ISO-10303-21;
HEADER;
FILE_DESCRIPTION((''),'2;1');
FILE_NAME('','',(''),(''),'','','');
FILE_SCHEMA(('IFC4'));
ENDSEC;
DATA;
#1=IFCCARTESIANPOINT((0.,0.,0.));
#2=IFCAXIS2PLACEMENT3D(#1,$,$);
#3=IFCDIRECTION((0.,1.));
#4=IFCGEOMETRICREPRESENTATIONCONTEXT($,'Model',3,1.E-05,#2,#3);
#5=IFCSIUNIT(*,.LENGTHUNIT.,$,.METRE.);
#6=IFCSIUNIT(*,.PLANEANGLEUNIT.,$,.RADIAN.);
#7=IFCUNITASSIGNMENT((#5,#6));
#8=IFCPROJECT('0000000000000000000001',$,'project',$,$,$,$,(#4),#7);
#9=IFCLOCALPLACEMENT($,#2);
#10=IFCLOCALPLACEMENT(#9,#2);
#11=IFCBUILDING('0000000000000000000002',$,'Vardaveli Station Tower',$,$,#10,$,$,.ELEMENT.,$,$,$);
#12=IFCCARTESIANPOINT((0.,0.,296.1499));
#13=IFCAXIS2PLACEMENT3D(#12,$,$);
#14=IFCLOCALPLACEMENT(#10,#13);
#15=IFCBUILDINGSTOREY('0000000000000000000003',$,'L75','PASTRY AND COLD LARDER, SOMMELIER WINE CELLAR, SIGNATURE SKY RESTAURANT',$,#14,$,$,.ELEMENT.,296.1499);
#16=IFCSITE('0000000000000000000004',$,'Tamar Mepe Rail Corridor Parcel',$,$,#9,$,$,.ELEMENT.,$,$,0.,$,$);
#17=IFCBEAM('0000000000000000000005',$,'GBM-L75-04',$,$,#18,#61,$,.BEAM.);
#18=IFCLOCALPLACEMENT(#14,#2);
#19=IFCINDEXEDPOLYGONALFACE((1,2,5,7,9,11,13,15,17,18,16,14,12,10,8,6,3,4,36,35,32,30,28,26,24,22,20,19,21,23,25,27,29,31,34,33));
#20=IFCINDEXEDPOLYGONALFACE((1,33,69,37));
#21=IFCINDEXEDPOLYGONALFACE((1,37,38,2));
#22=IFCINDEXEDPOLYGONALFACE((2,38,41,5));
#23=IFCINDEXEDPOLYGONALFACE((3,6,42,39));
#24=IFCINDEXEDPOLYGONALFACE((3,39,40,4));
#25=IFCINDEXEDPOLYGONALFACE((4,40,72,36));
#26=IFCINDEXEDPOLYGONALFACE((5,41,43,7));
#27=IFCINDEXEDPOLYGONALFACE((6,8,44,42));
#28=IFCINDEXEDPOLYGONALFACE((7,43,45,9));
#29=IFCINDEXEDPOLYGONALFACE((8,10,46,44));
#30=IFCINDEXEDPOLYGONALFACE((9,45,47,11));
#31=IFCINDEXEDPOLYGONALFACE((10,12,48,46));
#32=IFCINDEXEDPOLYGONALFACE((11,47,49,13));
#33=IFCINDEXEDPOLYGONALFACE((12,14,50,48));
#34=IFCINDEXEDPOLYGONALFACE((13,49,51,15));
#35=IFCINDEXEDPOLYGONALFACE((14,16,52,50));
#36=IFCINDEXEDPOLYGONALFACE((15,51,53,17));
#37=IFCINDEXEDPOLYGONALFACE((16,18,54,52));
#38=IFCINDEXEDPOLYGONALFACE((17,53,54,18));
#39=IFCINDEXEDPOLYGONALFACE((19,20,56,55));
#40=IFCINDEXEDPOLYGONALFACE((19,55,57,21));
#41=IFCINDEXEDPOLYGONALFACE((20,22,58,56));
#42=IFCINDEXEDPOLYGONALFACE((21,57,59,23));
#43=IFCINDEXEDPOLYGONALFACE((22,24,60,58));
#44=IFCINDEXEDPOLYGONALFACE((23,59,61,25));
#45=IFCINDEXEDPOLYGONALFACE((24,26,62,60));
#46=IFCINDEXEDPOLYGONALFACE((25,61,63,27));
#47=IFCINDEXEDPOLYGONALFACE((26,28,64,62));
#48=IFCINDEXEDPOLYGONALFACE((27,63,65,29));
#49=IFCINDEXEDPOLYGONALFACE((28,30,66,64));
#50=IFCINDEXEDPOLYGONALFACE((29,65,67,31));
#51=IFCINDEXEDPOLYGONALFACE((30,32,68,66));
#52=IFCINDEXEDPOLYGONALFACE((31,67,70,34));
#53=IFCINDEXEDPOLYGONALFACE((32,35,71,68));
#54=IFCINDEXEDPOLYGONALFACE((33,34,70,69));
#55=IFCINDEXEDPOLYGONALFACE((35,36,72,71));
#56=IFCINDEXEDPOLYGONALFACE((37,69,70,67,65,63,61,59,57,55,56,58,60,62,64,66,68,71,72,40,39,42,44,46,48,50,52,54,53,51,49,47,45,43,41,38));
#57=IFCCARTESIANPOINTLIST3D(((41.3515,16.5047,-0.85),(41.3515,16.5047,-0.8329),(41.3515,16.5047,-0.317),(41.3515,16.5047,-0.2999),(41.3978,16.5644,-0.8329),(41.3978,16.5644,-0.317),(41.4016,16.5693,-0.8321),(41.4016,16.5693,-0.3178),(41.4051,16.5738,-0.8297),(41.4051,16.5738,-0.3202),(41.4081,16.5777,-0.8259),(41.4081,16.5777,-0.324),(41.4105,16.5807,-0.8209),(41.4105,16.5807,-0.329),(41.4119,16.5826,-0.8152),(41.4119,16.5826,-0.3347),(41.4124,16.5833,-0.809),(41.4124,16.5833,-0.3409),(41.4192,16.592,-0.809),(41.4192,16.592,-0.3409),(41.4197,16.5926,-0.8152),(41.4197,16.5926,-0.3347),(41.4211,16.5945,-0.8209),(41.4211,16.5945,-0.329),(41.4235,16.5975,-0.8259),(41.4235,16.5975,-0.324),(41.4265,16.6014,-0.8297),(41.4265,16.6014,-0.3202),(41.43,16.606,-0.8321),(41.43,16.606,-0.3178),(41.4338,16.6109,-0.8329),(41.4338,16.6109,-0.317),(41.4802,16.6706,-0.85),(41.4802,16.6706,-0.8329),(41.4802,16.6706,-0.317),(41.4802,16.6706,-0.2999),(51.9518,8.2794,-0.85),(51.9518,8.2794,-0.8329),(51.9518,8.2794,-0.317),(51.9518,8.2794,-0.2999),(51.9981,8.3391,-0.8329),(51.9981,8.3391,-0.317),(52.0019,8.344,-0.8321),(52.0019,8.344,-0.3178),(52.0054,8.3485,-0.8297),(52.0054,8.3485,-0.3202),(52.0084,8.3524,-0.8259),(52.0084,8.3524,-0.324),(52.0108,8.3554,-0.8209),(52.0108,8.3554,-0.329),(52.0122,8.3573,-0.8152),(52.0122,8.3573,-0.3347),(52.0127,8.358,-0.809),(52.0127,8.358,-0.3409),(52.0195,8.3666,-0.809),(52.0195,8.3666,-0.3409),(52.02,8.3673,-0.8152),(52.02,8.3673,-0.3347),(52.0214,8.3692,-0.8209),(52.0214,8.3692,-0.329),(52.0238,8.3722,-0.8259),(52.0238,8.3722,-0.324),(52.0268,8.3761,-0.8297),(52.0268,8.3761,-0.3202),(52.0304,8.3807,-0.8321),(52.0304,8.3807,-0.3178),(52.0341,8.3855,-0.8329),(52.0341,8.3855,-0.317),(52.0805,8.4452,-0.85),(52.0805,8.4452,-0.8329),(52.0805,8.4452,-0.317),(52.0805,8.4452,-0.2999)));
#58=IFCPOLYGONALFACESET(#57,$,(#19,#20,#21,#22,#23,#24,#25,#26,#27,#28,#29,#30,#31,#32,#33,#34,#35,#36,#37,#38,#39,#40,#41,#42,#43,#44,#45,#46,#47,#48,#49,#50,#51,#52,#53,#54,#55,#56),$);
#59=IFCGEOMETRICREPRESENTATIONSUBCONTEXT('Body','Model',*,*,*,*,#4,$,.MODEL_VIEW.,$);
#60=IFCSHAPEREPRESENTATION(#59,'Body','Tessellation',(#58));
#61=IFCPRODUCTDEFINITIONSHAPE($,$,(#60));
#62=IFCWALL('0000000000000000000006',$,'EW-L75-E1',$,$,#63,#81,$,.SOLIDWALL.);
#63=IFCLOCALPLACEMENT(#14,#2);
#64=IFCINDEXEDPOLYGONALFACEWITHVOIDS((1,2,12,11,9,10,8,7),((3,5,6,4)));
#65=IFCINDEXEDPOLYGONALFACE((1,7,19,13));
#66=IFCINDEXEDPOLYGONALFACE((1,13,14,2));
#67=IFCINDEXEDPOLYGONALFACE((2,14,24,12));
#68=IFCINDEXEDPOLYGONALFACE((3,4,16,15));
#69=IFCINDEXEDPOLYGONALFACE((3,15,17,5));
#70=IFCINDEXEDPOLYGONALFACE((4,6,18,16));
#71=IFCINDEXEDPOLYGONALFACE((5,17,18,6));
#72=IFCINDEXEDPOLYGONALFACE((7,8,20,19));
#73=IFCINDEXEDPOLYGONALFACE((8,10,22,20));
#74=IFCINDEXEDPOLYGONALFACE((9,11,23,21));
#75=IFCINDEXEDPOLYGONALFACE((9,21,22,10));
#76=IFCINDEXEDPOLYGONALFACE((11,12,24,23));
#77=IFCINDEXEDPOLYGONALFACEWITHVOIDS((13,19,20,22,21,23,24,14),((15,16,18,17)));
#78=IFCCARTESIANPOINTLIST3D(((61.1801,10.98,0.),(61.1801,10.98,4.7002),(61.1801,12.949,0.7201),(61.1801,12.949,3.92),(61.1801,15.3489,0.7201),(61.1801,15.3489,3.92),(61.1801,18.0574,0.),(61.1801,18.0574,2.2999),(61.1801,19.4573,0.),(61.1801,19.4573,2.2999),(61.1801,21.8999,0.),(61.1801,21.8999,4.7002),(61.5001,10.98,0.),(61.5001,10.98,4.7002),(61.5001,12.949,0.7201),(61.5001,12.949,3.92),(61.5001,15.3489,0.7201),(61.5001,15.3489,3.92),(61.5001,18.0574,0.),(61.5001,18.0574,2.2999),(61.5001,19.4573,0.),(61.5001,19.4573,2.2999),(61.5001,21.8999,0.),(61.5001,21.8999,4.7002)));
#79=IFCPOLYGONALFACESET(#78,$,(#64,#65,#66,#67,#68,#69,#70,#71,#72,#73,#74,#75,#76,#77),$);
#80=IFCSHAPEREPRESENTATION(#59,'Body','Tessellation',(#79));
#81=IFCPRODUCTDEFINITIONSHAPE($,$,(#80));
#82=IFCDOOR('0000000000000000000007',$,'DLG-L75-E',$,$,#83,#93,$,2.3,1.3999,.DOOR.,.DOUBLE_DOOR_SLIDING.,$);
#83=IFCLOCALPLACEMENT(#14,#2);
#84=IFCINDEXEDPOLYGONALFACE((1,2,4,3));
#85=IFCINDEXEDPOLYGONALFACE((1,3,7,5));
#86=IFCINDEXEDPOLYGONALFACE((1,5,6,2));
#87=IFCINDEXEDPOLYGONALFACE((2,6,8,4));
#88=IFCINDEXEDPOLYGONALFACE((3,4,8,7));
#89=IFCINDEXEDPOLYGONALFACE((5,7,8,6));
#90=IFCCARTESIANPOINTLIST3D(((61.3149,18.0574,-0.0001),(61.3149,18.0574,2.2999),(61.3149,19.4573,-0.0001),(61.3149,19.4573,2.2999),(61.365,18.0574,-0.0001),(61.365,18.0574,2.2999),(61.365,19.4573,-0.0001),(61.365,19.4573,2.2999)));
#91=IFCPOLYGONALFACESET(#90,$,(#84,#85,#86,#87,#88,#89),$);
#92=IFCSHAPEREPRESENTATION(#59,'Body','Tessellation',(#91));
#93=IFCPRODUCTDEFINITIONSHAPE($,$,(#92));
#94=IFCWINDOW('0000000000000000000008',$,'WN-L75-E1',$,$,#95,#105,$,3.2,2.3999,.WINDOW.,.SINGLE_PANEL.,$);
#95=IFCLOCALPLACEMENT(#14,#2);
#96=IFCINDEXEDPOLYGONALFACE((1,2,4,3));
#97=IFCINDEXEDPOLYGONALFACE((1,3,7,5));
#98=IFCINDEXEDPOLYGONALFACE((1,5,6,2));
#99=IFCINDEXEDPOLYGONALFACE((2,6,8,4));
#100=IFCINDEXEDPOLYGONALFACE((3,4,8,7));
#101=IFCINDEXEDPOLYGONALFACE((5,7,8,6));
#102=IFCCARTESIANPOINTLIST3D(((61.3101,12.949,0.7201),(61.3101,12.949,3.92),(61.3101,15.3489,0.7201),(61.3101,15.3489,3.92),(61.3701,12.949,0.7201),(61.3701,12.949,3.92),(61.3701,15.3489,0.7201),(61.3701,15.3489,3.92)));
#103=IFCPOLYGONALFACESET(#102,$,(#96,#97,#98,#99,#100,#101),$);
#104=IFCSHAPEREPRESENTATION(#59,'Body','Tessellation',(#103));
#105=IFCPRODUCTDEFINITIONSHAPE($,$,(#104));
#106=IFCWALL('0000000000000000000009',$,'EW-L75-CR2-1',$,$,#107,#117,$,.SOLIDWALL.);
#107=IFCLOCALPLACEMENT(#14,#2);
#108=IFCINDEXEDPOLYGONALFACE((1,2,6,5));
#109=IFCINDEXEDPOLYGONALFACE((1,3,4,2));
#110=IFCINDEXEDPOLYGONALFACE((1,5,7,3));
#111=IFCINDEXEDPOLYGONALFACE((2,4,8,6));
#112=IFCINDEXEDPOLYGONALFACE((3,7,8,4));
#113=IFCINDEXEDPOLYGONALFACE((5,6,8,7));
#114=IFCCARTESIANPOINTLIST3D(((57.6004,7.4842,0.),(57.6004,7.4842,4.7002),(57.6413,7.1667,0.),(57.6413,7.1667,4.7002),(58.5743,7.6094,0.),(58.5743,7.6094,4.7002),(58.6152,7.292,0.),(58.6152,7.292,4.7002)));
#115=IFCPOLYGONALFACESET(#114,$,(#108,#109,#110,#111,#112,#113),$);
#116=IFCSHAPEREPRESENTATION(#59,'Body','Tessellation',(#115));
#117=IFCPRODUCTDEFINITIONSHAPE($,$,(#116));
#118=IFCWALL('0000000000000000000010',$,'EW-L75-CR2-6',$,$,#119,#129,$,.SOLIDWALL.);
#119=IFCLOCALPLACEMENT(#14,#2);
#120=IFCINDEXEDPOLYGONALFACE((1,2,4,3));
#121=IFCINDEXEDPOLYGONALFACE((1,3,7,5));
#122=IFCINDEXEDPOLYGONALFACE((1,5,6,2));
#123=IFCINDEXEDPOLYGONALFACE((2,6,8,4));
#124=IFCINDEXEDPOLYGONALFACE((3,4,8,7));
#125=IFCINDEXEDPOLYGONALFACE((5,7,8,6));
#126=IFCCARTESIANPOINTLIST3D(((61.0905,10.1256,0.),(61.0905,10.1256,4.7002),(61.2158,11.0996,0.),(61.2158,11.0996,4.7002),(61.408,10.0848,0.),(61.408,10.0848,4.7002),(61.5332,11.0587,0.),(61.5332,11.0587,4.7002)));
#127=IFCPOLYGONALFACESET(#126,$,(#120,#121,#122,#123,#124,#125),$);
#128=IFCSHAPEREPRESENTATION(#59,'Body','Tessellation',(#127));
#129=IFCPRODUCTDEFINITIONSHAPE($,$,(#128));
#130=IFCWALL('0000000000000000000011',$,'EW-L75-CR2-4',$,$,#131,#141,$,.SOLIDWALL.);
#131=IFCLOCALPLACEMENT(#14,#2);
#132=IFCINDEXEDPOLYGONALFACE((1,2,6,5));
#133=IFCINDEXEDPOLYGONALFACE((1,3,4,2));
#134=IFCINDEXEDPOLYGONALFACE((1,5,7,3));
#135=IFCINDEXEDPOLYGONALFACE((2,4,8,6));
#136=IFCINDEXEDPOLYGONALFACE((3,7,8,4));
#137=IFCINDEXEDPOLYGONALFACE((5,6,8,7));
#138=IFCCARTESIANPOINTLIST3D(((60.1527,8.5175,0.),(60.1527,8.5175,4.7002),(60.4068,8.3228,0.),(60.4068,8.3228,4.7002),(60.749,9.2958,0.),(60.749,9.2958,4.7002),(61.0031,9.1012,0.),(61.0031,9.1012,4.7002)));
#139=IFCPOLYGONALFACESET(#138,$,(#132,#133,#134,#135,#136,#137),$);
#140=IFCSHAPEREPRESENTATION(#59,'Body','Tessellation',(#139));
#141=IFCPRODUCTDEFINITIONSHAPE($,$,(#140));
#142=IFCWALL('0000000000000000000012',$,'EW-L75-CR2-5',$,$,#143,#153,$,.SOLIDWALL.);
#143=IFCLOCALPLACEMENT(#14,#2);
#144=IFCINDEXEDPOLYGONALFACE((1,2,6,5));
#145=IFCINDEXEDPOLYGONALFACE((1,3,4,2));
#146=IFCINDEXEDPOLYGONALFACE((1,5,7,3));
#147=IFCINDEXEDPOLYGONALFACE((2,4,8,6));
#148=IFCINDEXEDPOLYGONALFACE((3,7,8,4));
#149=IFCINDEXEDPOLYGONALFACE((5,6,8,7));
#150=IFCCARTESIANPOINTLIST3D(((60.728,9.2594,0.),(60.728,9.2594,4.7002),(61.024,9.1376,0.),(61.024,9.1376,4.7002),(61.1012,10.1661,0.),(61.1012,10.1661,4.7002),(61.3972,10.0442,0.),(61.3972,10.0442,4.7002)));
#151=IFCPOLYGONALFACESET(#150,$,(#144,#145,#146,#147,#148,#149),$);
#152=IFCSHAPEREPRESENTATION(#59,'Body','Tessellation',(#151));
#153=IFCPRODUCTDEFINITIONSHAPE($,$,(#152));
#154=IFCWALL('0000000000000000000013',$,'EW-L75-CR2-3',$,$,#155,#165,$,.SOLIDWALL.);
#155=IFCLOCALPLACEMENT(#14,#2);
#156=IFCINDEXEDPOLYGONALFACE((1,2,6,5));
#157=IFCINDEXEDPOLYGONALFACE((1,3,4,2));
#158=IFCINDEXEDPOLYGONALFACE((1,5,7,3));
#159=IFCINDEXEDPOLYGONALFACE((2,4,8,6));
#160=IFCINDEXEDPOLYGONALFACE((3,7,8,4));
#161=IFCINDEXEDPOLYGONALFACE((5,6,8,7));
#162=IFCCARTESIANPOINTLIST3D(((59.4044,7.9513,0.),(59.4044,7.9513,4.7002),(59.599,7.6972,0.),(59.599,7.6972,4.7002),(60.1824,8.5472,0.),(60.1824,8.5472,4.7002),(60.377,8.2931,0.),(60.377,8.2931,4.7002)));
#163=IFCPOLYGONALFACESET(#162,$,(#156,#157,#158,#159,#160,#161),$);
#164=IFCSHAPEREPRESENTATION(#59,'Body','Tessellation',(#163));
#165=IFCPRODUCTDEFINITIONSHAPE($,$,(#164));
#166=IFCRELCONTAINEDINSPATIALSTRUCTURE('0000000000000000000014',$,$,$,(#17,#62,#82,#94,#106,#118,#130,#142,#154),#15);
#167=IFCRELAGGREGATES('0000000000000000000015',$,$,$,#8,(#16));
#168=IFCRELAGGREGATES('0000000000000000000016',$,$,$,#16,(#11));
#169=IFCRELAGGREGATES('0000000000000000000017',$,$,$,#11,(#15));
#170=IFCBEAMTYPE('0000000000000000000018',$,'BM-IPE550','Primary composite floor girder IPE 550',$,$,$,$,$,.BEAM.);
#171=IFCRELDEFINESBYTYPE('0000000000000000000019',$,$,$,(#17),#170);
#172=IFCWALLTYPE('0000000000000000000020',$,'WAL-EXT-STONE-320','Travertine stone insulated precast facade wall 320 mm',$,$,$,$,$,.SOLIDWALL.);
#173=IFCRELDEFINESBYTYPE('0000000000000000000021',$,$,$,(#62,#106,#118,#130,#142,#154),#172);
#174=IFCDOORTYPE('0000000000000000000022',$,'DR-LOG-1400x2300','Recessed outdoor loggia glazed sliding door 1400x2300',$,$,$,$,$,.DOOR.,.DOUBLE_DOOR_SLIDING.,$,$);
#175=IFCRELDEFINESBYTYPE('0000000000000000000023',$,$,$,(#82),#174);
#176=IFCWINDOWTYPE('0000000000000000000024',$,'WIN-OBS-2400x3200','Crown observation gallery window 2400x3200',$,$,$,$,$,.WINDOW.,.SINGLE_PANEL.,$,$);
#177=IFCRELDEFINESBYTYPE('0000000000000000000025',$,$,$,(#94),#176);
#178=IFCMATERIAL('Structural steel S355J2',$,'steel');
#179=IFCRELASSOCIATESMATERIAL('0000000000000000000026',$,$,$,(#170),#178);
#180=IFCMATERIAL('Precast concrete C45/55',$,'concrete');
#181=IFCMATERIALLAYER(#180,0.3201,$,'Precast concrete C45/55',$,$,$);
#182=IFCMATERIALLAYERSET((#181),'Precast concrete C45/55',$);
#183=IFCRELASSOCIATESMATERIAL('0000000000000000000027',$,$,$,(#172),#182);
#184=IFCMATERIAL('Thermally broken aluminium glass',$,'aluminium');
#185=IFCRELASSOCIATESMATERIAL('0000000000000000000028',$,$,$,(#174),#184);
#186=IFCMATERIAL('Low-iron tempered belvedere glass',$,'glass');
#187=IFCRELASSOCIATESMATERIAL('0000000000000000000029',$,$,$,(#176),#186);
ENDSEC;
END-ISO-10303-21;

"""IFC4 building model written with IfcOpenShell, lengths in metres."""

from ifc_helpers import new_model, si_unit, direction, frame, frame_2d, origin, origin_2d, place, context, subcontext, project, spatial, rectangle, i_section, extrude, source, transform, mapped, material, layer, layer_set, material_profile, profile_set, type_object, element, fill, save


model = new_model("IFC4")

# Units and contexts
model_context = context("Model", 3, precision=1e-05, world=origin(), true_north=direction((0.0, 1.0)))
body_context = subcontext(model_context, "Body", "Model", "MODEL_VIEW")
ifc_project = project(units=[si_unit("LENGTHUNIT", "METRE"), si_unit("PLANEANGLEUNIT", "RADIAN")], contexts=[model_context])

# Site, building, storey
site_placement = place(None, origin())
site = spatial("IfcSite", under=ifc_project, at=site_placement, Name="Tamar Mepe Rail Corridor Parcel", CompositionType="ELEMENT", RefElevation=0.0)
building_placement = place(site_placement, origin())
building = spatial("IfcBuilding", under=site, at=building_placement, Name="Vardaveli Station Tower", CompositionType="ELEMENT")
storey_placement = place(building_placement, frame((0.0, 0.0, 296.1499)))
storey = spatial("IfcBuildingStorey", under=building, at=storey_placement, Name="L75", Description="PASTRY AND COLD LARDER, SOMMELIER WINE CELLAR, SIGNATURE SKY RESTAURANT", CompositionType="ELEMENT", Elevation=296.1499)

# Shared definitions
ifc_material_1 = material(Name="Structural steel S355J2", Category="steel")

# Beam
ifc_material_2 = material(Name="Precast concrete C45/55", Category="concrete")
ifc_material_profile_1 = material_profile(ifc_material_1, i_section(OverallWidth=0.21, OverallDepth=0.55, WebThickness=0.011, FlangeThickness=0.0171, FilletRadius=0.0239, at=origin_2d()), Name="IPE 550")
ifc_profile_set_1 = profile_set([ifc_material_profile_1], Name="Structural steel S355J2")
beam_type_1 = type_object("IfcBeamType", Name="BM-IPE550", Description="Primary composite floor girder IPE 550", PredefinedType="BEAM", material=ifc_profile_set_1)
shared_shape_1 = source(origin(), body_context, "Body", "SweptSolid", [
    extrude(i_section(OverallWidth=0.21, OverallDepth=0.55, WebThickness=0.011, FlangeThickness=0.0171, FilletRadius=0.0239, at=origin_2d()), origin(), (0.0, 0.0, 1.0), 13.4172),
])
beam_1_placement = place(storey_placement, frame((52.0161, 8.3623, -0.575), z_axis=(-0.790051, 0.613041, 0.0), x_axis=(-0.613041, -0.790051, 0.0)))
element("IfcBeam", 1, at=beam_1_placement, inside=storey, type_object=beam_type_1, Name="GBM-L75-04", PredefinedType="BEAM", context=body_context, shape_type="MappedRepresentation", body=[
    mapped(shared_shape_1, transform((0.0, 0.0, 0.0), scale=1.0)),
])

# Wall, openings, door, window
ifc_layer_1 = layer(ifc_material_2, 0.3201, Name="Precast concrete C45/55")
ifc_layer_set_1 = layer_set([ifc_layer_1], Name="Precast concrete C45/55")
wall_type_1 = type_object("IfcWallType", Name="WAL-EXT-STONE-320", Description="Travertine stone insulated precast facade wall 320 mm", PredefinedType="SOLIDWALL", material=ifc_layer_set_1)
shared_shape_2 = source(origin(), body_context, "Body", "SweptSolid", [
    extrude(rectangle(XDim=10.9199, YDim=0.3201, at=frame_2d((5.46, 0.0))), origin(), (0.0, 0.0, 1.0), 4.7002),
])
wall_1_placement = place(storey_placement, frame((61.3401, 10.98, 0.0), z_axis=(0.0, 0.0, 1.0), x_axis=(0.0, 1.0, 0.0)))
wall_1 = element("IfcWall", 2, at=wall_1_placement, inside=storey, type_object=wall_type_1, Name="EW-L75-E1", PredefinedType="SOLIDWALL", context=body_context, shape_type="MappedRepresentation", body=[
    mapped(shared_shape_2, transform((0.0, 0.0, 0.0), scale=1.0)),
])
shared_shape_3 = source(origin(), body_context, "Body", "SweptSolid", [
    extrude(rectangle(XDim=1.3999, YDim=2.3, at=frame_2d((0.7, 1.1499))), frame((0.0, 0.1699, 0.0), z_axis=(0.0, -1.0, 0.0), x_axis=(1.0, 0.0, 0.0)), (0.0, 0.0, 1.0), 0.3401),
])
opening_1_placement = place(wall_1_placement, frame((7.0774, 0.0, 0.0)))
opening_1 = element("IfcOpeningElement", 3, at=opening_1_placement, cuts=wall_1, PredefinedType="OPENING", context=body_context, shape_type="MappedRepresentation", body=[
    mapped(shared_shape_3, transform((0.0, 0.0, 0.0), scale=1.0)),
])
shared_shape_4 = source(origin(), body_context, "Body", "SweptSolid", [
    extrude(rectangle(XDim=2.3999, YDim=3.2, at=frame_2d((1.2, 1.6001))), frame((0.0, 0.1699, 0.0), z_axis=(0.0, -1.0, 0.0), x_axis=(1.0, 0.0, 0.0)), (0.0, 0.0, 1.0), 0.3401),
])
opening_2_placement = place(wall_1_placement, frame((1.969, 0.0, 0.72)))
opening_2 = element("IfcOpeningElement", 4, at=opening_2_placement, cuts=wall_1, PredefinedType="OPENING", context=body_context, shape_type="MappedRepresentation", body=[
    mapped(shared_shape_4, transform((0.0, 0.0, 0.0), scale=1.0)),
])
ifc_material_3 = material(Name="Thermally broken aluminium glass", Category="aluminium")
door_type_1 = type_object("IfcDoorType", Name="DR-LOG-1400x2300", Description="Recessed outdoor loggia glazed sliding door 1400x2300", OperationType="DOUBLE_DOOR_SLIDING", PredefinedType="DOOR", material=ifc_material_3)
shared_shape_5 = source(origin(), body_context, "Body", "SweptSolid", [
    extrude(rectangle(XDim=1.3999, YDim=2.3, at=frame_2d((0.7, 1.1499))), frame((0.0, 0.0249, 0.0), z_axis=(0.0, -1.0, 0.0), x_axis=(1.0, 0.0, 0.0)), (0.0, 0.0, 1.0), 0.05),
])
door_1_placement = place(opening_1_placement, frame((1.3999, 0.0, 0.0), z_axis=(0.0, 0.0, 1.0), x_axis=(-1.0, 0.0, 0.0)))
door_1 = element("IfcDoor", 5, at=door_1_placement, inside=storey, type_object=door_type_1, Name="DLG-L75-E", OperationType="DOUBLE_DOOR_SLIDING", OverallHeight=2.3, OverallWidth=1.3999, PredefinedType="DOOR", context=body_context, shape_type="MappedRepresentation", body=[
    mapped(shared_shape_5, transform((0.0, 0.0, 0.0), scale=1.0)),
])
fill(opening_1, door_1)
ifc_material_4 = material(Name="Low-iron tempered belvedere glass", Category="glass")
window_type = type_object("IfcWindowType", Name="WIN-OBS-2400x3200", Description="Crown observation gallery window 2400x3200", PartitioningType="SINGLE_PANEL", PredefinedType="WINDOW", material=ifc_material_4)
shared_shape_6 = source(origin(), body_context, "Body", "SweptSolid", [
    extrude(rectangle(XDim=2.3999, YDim=3.2, at=frame_2d((1.2, 1.6001))), frame((0.0, 0.03, 0.0), z_axis=(0.0, -1.0, 0.0), x_axis=(1.0, 0.0, 0.0)), (0.0, 0.0, 1.0), 0.0601),
])
window_placement = place(opening_2_placement, origin())
window = element("IfcWindow", 6, at=window_placement, inside=storey, type_object=window_type, Name="WN-L75-E1", OverallHeight=3.2, OverallWidth=2.3999, PartitioningType="SINGLE_PANEL", PredefinedType="WINDOW", context=body_context, shape_type="MappedRepresentation", body=[
    mapped(shared_shape_6, transform((0.0, 0.0, 0.0), scale=1.0)),
])
fill(opening_2, window)

# Walls
shared_shape_7 = source(origin(), body_context, "Body", "SweptSolid", [
    extrude(rectangle(XDim=0.9819, YDim=0.3201, at=frame_2d((0.491, 0.0))), origin(), (0.0, 0.0, 1.0), 4.7002),
])
for number, where, z_axis, x_axis, name in (
    (7, (57.6208, 7.3254, 0.0), (0.0, 0.0, 1.0), (0.991832, 0.127553, 0.0), "EW-L75-CR2-1"),
    (8, (61.2493, 10.1052, 0.0), (0.0, 0.0, 1.0), (0.127553, 0.991832, 0.0), "EW-L75-CR2-6"),
):
    element("IfcWall", number, at=place(storey_placement, frame(where, z_axis=z_axis, x_axis=x_axis)), inside=storey, type_object=wall_type_1, Name=name, PredefinedType="SOLIDWALL", context=body_context, shape_type="MappedRepresentation", body=[
        mapped(shared_shape_7, transform((0.0, 0.0, 0.0), scale=1.0)),
    ])
shared_shape_8 = source(origin(), body_context, "Body", "SweptSolid", [
    extrude(rectangle(XDim=0.9805, YDim=0.3201, at=frame_2d((0.4902, 0.0))), origin(), (0.0, 0.0, 1.0), 4.7002),
])
for number, where, z_axis, x_axis, name in (
    (9, (60.2798, 8.4202, 0.0), (0.0, 0.0, 1.0), (0.608097, 0.793863, 0.0), "EW-L75-CR2-4"),
    (10, (60.876, 9.1985, 0.0), (0.0, 0.0, 1.0), (0.380687, 0.924704, 0.0), "EW-L75-CR2-5"),
):
    element("IfcWall", number, at=place(storey_placement, frame(where, z_axis=z_axis, x_axis=x_axis)), inside=storey, type_object=wall_type_1, Name=name, PredefinedType="SOLIDWALL", context=body_context, shape_type="MappedRepresentation", body=[
        mapped(shared_shape_8, transform((0.0, 0.0, 0.0), scale=1.0)),
    ])
shared_shape_9 = source(origin(), body_context, "Body", "SweptSolid", [
    extrude(rectangle(XDim=0.98, YDim=0.3201, at=frame_2d((0.49, 0.0))), origin(), (0.0, 0.0, 1.0), 4.7002),
])
wall_2_placement = place(storey_placement, frame((59.5017, 7.8242, 0.0), z_axis=(0.0, 0.0, 1.0), x_axis=(0.793891, 0.60806, 0.0)))
element("IfcWall", 11, at=wall_2_placement, inside=storey, type_object=wall_type_1, Name="EW-L75-CR2-3", PredefinedType="SOLIDWALL", context=body_context, shape_type="MappedRepresentation", body=[
    mapped(shared_shape_9, transform((0.0, 0.0, 0.0), scale=1.0)),
])

save(model, "model.ifc")
